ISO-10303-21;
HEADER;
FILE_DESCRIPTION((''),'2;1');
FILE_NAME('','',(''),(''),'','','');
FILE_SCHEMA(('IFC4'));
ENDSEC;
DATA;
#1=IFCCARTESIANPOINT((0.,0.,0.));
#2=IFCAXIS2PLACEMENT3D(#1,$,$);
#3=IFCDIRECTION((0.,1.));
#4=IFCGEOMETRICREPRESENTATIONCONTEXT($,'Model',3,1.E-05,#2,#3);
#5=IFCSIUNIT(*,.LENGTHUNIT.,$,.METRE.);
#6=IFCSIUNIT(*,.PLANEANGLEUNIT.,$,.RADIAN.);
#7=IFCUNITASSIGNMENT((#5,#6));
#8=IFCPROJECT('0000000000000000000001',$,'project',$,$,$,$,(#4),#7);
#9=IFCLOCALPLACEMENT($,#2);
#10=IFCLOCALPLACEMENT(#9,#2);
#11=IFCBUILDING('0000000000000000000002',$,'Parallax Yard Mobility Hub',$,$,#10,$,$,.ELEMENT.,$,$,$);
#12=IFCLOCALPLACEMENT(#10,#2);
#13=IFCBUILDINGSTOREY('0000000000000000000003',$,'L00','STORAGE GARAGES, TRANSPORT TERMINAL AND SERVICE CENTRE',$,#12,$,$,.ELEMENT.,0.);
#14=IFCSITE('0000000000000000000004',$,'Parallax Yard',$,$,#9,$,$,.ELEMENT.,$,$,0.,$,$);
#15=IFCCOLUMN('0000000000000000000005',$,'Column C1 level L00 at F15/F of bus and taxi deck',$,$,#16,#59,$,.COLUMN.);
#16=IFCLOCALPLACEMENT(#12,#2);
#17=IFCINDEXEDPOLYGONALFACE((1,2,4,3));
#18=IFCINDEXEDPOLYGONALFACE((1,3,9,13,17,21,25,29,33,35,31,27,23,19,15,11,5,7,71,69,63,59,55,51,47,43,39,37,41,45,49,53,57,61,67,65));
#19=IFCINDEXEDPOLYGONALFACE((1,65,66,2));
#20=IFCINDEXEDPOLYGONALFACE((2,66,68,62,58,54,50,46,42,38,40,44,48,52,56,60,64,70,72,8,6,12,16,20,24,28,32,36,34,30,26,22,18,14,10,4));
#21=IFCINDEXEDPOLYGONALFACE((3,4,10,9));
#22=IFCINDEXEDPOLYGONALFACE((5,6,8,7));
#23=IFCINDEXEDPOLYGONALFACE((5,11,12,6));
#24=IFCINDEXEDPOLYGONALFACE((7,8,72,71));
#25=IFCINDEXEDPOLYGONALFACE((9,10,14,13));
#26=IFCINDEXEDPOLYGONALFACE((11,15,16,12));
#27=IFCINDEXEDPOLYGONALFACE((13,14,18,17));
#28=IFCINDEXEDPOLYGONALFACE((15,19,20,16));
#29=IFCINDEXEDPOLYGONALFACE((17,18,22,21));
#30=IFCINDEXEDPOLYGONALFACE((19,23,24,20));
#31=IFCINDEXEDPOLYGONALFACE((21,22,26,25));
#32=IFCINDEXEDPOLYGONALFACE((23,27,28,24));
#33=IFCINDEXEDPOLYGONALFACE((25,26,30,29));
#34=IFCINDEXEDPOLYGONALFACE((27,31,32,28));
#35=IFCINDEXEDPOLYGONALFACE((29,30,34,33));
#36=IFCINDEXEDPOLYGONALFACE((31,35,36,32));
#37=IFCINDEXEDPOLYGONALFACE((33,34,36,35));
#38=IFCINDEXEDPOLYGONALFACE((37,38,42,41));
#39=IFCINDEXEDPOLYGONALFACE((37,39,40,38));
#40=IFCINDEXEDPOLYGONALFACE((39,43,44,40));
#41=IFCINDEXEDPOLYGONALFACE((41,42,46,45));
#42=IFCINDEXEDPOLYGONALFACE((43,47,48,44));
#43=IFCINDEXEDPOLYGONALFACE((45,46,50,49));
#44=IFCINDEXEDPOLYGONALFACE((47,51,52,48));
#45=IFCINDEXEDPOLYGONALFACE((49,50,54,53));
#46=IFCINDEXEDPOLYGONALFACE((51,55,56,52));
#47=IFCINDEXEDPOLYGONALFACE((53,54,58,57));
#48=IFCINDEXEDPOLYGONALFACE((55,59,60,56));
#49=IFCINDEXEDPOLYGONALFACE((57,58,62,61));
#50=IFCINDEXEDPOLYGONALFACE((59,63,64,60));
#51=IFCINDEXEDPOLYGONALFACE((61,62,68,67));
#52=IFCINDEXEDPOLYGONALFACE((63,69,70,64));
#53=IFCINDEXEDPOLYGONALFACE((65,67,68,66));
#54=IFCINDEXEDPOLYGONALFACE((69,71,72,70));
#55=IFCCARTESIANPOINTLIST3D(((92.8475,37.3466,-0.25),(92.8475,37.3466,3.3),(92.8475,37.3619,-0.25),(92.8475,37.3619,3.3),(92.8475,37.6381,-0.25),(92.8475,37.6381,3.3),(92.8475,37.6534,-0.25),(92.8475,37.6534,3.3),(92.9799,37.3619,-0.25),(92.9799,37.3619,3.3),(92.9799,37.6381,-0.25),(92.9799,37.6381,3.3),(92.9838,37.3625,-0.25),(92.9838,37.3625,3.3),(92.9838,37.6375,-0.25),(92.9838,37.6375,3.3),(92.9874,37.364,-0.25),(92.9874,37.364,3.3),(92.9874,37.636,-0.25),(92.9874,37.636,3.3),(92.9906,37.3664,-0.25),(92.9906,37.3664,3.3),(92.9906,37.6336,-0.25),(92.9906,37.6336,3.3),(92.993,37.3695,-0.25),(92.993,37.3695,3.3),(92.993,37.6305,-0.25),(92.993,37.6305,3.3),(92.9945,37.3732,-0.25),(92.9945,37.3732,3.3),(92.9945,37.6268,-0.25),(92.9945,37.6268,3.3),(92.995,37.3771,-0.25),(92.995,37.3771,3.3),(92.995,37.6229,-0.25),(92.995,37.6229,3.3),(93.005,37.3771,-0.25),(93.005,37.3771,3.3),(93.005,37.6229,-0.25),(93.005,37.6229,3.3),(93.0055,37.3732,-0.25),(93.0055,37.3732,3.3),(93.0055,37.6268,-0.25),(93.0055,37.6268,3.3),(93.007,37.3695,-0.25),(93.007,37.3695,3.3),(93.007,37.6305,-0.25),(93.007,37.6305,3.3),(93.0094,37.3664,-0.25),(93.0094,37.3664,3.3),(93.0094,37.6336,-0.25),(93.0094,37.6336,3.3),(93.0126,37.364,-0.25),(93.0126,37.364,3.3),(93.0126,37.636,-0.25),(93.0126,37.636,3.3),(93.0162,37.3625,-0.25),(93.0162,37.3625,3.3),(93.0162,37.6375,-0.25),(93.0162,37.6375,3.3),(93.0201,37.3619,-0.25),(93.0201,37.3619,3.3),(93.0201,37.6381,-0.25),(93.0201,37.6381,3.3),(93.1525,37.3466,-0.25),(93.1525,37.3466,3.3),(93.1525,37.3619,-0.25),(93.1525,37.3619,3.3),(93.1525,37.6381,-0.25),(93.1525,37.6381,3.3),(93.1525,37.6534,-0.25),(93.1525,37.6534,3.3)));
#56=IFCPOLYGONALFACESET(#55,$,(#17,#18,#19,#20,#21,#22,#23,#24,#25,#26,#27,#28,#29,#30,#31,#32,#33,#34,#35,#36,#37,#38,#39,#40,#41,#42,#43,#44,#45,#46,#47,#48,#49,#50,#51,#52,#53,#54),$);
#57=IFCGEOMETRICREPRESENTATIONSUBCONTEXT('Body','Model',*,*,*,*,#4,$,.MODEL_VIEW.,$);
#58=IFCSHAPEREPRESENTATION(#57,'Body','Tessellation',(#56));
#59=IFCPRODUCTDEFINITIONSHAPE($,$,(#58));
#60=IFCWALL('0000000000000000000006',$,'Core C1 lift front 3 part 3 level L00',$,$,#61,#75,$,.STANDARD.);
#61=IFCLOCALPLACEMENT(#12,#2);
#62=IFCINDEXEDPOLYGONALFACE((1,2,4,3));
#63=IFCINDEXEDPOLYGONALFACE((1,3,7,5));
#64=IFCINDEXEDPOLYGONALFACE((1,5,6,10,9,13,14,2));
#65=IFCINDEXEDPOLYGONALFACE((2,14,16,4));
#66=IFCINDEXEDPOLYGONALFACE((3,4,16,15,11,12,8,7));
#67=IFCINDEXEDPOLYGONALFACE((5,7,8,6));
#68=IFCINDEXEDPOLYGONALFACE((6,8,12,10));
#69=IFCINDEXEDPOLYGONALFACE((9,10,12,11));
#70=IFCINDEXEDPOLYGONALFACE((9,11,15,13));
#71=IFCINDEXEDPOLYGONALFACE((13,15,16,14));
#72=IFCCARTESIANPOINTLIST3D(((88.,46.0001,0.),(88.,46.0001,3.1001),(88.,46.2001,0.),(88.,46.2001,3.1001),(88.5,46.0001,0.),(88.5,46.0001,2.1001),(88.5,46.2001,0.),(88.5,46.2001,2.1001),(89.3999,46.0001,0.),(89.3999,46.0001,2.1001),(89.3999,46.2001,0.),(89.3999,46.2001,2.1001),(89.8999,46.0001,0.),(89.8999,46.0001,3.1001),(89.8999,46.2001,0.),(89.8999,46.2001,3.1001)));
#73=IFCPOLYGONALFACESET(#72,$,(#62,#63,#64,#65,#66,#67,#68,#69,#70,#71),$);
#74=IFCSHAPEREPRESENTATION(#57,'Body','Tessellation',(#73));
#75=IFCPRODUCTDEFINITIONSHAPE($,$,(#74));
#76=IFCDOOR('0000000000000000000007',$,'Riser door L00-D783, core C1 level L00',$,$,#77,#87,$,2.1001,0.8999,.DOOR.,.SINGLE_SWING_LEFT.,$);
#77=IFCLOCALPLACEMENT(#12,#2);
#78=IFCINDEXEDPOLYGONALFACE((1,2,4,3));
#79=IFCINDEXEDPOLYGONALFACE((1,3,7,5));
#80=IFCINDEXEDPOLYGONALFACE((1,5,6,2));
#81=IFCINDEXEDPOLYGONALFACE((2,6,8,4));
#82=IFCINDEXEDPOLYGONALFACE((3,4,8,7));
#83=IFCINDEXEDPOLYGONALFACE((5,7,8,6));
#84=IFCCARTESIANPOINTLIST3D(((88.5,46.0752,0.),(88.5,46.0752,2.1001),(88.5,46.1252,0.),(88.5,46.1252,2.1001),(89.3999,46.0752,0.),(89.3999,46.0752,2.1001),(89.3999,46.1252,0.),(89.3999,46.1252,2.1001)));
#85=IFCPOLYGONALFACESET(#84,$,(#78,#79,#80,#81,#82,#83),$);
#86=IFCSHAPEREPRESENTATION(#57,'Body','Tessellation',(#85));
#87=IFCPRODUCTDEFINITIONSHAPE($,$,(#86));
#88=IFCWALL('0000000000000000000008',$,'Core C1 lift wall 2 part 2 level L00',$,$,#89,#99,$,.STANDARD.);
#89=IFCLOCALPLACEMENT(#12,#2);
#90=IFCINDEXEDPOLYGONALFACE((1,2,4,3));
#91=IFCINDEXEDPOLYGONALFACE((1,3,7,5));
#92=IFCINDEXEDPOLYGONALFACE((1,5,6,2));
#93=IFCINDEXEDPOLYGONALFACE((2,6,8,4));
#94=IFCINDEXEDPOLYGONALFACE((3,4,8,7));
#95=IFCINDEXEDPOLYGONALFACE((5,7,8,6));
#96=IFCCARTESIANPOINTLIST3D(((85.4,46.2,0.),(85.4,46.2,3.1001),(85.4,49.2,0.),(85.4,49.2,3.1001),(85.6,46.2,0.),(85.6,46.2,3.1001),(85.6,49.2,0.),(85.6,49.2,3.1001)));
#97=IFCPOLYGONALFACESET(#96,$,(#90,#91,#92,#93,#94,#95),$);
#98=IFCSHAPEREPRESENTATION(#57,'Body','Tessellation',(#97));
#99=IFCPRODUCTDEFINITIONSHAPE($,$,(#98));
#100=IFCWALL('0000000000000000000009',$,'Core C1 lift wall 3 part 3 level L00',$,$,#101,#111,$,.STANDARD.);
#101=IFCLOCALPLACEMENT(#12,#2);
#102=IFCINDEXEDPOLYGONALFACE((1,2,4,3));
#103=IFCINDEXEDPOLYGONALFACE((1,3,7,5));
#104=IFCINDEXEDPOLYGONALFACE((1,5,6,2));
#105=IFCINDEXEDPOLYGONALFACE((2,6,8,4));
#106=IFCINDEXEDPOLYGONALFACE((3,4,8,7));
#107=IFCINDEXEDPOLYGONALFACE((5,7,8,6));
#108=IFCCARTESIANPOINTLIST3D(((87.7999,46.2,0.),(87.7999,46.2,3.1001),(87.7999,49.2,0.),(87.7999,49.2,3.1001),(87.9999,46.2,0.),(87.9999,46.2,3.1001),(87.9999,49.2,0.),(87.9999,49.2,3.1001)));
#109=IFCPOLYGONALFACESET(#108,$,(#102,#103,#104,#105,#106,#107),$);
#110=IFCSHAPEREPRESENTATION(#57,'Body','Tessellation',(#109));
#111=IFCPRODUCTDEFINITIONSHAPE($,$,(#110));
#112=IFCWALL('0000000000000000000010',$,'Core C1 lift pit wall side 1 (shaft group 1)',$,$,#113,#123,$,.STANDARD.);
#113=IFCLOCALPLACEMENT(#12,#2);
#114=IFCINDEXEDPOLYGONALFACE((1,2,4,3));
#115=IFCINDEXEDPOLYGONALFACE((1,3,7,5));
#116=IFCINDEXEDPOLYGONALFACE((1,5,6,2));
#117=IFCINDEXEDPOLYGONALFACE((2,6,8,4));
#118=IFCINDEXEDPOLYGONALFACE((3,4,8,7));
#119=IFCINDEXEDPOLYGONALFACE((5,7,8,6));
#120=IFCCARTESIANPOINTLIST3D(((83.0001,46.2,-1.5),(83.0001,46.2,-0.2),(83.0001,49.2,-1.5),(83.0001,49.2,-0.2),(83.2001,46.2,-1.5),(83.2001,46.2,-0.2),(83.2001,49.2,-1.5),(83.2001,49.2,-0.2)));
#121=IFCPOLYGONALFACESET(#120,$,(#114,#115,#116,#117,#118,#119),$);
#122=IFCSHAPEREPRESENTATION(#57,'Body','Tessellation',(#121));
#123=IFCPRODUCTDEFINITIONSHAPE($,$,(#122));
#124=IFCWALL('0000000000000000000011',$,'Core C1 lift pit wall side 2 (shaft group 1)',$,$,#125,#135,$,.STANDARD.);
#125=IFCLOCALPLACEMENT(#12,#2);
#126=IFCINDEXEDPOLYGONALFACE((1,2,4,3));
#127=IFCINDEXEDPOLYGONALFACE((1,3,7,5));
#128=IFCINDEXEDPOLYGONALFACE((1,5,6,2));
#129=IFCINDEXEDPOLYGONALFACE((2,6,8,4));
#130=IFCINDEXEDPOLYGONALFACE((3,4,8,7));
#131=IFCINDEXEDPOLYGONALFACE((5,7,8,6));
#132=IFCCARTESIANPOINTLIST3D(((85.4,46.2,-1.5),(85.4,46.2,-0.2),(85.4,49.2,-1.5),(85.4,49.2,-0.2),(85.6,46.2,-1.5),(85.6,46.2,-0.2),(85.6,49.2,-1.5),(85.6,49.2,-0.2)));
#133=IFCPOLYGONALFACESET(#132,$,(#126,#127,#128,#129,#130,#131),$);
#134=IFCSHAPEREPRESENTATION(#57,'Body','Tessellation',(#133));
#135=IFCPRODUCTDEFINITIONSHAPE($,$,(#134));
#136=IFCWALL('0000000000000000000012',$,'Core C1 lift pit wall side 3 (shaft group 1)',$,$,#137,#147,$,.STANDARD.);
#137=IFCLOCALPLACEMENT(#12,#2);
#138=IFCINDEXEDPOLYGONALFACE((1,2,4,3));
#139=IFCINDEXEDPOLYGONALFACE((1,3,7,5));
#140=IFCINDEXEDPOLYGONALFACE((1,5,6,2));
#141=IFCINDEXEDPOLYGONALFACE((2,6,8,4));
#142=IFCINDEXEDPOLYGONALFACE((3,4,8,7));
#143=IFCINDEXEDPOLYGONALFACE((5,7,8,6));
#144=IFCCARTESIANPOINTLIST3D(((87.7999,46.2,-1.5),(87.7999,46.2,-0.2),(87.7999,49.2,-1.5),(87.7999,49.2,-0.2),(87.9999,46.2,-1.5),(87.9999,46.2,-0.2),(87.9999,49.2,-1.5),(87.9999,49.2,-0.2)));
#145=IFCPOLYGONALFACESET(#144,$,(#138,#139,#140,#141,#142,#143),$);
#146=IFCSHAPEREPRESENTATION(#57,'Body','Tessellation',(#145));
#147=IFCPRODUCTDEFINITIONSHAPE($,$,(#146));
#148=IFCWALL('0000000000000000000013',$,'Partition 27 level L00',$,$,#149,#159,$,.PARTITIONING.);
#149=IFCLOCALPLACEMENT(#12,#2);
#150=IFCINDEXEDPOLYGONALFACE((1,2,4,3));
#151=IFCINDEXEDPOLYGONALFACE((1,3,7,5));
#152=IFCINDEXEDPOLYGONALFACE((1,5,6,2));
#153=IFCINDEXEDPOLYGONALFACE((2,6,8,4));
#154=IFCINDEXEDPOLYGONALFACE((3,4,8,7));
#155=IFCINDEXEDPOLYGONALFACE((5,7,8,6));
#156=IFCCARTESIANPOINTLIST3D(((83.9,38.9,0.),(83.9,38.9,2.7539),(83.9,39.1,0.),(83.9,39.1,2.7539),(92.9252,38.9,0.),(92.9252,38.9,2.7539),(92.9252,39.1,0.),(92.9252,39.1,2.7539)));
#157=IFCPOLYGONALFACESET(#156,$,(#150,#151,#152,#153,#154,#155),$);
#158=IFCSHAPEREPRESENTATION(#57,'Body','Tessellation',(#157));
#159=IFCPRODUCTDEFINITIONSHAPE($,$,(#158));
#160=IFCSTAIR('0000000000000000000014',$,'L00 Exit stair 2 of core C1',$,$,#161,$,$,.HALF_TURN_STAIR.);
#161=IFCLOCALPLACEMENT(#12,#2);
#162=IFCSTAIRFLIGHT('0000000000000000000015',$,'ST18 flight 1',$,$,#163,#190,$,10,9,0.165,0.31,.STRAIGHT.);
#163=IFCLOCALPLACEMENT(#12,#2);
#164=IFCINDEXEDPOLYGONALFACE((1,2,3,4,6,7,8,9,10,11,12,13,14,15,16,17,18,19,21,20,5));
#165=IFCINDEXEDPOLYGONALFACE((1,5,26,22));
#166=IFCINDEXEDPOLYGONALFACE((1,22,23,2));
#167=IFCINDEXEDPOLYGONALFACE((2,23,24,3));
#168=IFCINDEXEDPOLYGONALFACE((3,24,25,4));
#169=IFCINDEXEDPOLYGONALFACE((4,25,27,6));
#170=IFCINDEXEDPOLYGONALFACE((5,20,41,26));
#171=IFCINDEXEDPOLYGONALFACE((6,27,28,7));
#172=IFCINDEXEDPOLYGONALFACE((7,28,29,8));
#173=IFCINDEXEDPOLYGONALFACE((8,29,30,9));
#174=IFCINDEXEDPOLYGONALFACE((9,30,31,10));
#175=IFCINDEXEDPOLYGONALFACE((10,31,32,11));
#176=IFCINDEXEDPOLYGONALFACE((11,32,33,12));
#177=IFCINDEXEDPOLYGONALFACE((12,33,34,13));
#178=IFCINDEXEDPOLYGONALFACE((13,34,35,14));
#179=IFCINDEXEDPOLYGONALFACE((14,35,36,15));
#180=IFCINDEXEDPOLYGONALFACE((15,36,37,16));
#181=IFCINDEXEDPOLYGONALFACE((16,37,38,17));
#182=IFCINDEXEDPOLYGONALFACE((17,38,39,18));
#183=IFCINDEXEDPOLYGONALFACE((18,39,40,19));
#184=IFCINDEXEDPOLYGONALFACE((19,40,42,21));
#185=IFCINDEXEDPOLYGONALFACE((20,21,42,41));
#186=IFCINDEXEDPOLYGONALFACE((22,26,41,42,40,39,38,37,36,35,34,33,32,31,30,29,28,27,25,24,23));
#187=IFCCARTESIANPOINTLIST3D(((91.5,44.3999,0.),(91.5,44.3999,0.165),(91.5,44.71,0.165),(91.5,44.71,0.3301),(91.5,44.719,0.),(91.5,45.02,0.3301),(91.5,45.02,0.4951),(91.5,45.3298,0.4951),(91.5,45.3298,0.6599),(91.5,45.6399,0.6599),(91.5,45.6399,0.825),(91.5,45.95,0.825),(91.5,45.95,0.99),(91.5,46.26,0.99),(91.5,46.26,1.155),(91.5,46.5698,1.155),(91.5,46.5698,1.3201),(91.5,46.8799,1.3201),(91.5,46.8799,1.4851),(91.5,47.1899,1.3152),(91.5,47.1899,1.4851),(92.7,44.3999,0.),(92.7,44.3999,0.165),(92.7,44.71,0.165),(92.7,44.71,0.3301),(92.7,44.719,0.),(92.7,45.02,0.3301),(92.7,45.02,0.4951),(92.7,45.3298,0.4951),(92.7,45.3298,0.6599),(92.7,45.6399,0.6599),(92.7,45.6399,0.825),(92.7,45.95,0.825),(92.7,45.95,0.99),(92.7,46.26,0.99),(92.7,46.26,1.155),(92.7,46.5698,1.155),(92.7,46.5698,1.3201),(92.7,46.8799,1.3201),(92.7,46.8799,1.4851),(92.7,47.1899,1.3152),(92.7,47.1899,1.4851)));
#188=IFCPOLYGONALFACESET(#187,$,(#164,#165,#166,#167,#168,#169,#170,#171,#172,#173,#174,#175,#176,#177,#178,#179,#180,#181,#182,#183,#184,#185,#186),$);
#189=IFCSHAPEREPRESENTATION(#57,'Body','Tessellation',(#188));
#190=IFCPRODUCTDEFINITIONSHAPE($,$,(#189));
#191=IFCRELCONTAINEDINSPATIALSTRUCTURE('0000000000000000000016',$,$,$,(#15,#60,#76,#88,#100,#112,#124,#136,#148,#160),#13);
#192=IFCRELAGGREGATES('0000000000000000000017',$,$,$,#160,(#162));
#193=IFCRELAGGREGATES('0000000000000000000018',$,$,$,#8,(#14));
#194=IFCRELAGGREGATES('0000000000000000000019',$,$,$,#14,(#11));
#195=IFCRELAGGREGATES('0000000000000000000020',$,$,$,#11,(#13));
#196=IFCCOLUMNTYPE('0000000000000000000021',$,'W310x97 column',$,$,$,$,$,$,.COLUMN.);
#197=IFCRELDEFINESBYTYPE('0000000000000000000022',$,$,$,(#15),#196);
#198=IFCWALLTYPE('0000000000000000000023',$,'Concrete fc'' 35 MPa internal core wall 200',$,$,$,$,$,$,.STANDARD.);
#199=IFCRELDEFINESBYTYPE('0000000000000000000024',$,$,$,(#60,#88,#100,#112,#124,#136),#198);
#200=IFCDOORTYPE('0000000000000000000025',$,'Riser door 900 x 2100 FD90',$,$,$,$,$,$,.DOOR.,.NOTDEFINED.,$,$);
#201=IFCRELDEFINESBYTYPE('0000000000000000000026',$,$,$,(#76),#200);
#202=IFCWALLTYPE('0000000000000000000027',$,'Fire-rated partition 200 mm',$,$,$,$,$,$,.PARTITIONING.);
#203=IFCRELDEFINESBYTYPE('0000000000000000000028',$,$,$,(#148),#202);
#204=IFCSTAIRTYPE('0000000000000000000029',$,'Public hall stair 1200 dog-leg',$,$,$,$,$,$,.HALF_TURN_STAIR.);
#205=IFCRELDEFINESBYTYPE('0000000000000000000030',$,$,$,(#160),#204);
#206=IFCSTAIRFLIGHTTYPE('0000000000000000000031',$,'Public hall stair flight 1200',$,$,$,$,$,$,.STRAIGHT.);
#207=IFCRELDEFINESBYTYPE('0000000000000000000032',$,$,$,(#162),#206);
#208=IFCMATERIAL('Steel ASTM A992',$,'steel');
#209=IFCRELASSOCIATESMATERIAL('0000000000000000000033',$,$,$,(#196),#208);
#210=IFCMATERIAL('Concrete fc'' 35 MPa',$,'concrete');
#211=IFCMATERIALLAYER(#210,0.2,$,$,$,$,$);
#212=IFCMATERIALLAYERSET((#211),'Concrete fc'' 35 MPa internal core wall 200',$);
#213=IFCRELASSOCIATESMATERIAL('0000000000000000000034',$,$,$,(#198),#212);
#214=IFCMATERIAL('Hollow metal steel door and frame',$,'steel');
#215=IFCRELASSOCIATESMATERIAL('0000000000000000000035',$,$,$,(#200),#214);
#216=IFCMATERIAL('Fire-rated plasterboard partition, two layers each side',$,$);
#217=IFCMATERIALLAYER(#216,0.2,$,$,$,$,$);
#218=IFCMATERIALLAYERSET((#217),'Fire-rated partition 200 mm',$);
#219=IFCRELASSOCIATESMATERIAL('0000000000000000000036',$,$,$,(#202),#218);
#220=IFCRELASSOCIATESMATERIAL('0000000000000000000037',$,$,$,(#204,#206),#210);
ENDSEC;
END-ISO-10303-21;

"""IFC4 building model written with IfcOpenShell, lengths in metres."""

from ifc_helpers import new_model, si_unit, direction, frame, frame_2d, origin, origin_2d, place, context, subcontext, project, spatial, polyline, rectangle, i_section, outline, extrude, material, layer, layer_set, material_profile, profile_set, type_object, element, fill, aggregate, save


model = new_model("IFC4")

# Units and contexts
model_context = context("Model", 3, precision=1e-05, world=origin(), true_north=direction((0.0, 1.0)))
body_context = subcontext(model_context, "Body", "Model", "MODEL_VIEW")
ifc_project = project(units=[si_unit("LENGTHUNIT", "METRE"), si_unit("PLANEANGLEUNIT", "RADIAN")], contexts=[model_context])

# Site, building, storey
site_placement = place(None, origin())
site = spatial("IfcSite", under=ifc_project, at=site_placement, Name="Parallax Yard", CompositionType="ELEMENT", RefElevation=0.0)
building_placement = place(site_placement, origin())
building = spatial("IfcBuilding", under=site, at=building_placement, Name="Parallax Yard Mobility Hub", CompositionType="ELEMENT")
storey_placement = place(building_placement, origin())
storey = spatial("IfcBuildingStorey", under=building, at=storey_placement, Name="L00", Description="STORAGE GARAGES, TRANSPORT TERMINAL AND SERVICE CENTRE", CompositionType="ELEMENT", Elevation=0.0)

# Column
ifc_material_1 = material(Name="Steel ASTM A992", Category="steel")
ifc_material_profile_1 = material_profile(ifc_material_1, i_section(OverallWidth=0.3049, OverallDepth=0.3069, WebThickness=0.01, FlangeThickness=0.0154, FilletRadius=0.0151, at=origin_2d()), Name="W310x97")
ifc_profile_set_1 = profile_set([ifc_material_profile_1], Name="Steel ASTM A992")
column_type = type_object("IfcColumnType", Name="W310x97 column", PredefinedType="COLUMN", material=ifc_profile_set_1)
column_placement = place(storey_placement, frame((93.0, 37.5, -0.25), z_axis=(0.0, 0.0, 1.0), x_axis=(1.0, 0.0, 0.0)))
element("IfcColumn", 1, at=column_placement, inside=storey, type_object=column_type, Name="Column C1 level L00 at F15/F of bus and taxi deck", PredefinedType="COLUMN", context=body_context, shape_type="SweptSolid", body=[
    extrude(i_section(OverallWidth=0.3049, OverallDepth=0.3069, WebThickness=0.01, FlangeThickness=0.0154, FilletRadius=0.0151, at=origin_2d()), origin(), (0.0, 0.0, 1.0), 3.55),
])

# Wall, opening, door
ifc_material_2 = material(Name="Concrete fc' 35 MPa", Category="concrete")
ifc_layer_1 = layer(ifc_material_2, 0.2)
ifc_layer_set_1 = layer_set([ifc_layer_1], Name="Concrete fc' 35 MPa internal core wall 200")
wall_type_1 = type_object("IfcWallType", Name="Concrete fc' 35 MPa internal core wall 200", PredefinedType="STANDARD", material=ifc_layer_set_1)
wall_1_placement = place(storey_placement, frame((89.8999, 46.1001, 0.0), z_axis=(0.0, 0.0, 1.0), x_axis=(-1.0, 0.0, 0.0)))
wall_1 = element("IfcWall", 2, at=wall_1_placement, inside=storey, type_object=wall_type_1, Name="Core C1 lift front 3 part 3 level L00", PredefinedType="STANDARD", context=body_context, shape_type="SweptSolid", body=[
    extrude(rectangle(XDim=1.8999, YDim=0.2, at=frame_2d((0.95, 0.0))), origin(), (0.0, 0.0, 1.0), 3.1001),
])
opening_placement = place(wall_1_placement, frame((0.5, 0.0, 0.0)))
opening = element("IfcOpeningElement", 3, at=opening_placement, cuts=wall_1, PredefinedType="OPENING", context=body_context, shape_type="SweptSolid", body=[
    extrude(rectangle(XDim=0.8999, YDim=2.1001, at=frame_2d((0.45, 1.05))), frame((0.0, 0.1099, 0.0), z_axis=(0.0, -1.0, 0.0), x_axis=(1.0, 0.0, 0.0)), (0.0, 0.0, 1.0), 0.22),
])
ifc_material_3 = material(Name="Hollow metal steel door and frame", Category="steel")
door_type = type_object("IfcDoorType", Name="Riser door 900 x 2100 FD90", OperationType="NOTDEFINED", PredefinedType="DOOR", material=ifc_material_3)
door_placement = place(opening_placement, origin())
door = element("IfcDoor", 4, at=door_placement, inside=storey, type_object=door_type, Name="Riser door L00-D783, core C1 level L00", OperationType="SINGLE_SWING_LEFT", OverallHeight=2.1001, OverallWidth=0.8999, PredefinedType="DOOR", context=body_context, shape_type="SweptSolid", body=[
    extrude(rectangle(XDim=0.8999, YDim=2.1001, at=frame_2d((0.45, 1.05))), frame((0.0, 0.0249, 0.0), z_axis=(0.0, -1.0, 0.0), x_axis=(1.0, 0.0, 0.0)), (0.0, 0.0, 1.0), 0.05),
])
fill(opening, door)

# Walls
for number, where, z_axis, x_axis, name in (
    (5, (85.5, 46.2, 0.0), (0.0, 0.0, 1.0), (0.0, 1.0, 0.0), "Core C1 lift wall 2 part 2 level L00"),
    (6, (87.8999, 46.2, 0.0), (0.0, 0.0, 1.0), (0.0, 1.0, 0.0), "Core C1 lift wall 3 part 3 level L00"),
):
    element("IfcWall", number, at=place(storey_placement, frame(where, z_axis=z_axis, x_axis=x_axis)), inside=storey, type_object=wall_type_1, Name=name, PredefinedType="STANDARD", context=body_context, shape_type="SweptSolid", body=[
        extrude(rectangle(XDim=3.0, YDim=0.2, at=frame_2d((1.5, 0.0))), origin(), (0.0, 0.0, 1.0), 3.1001),
    ])
for number, where, z_axis, x_axis, name in (
    (7, (83.1001, 46.2, -1.5), (0.0, 0.0, 1.0), (0.0, 1.0, 0.0), "Core C1 lift pit wall side 1 (shaft group 1)"),
    (8, (85.5, 46.2, -1.5), (0.0, 0.0, 1.0), (0.0, 1.0, 0.0), "Core C1 lift pit wall side 2 (shaft group 1)"),
    (9, (87.8999, 46.2, -1.5), (0.0, 0.0, 1.0), (0.0, 1.0, 0.0), "Core C1 lift pit wall side 3 (shaft group 1)"),
):
    element("IfcWall", number, at=place(storey_placement, frame(where, z_axis=z_axis, x_axis=x_axis)), inside=storey, type_object=wall_type_1, Name=name, PredefinedType="STANDARD", context=body_context, shape_type="SweptSolid", body=[
        extrude(rectangle(XDim=3.0, YDim=0.2, at=frame_2d((1.5, 0.0))), origin(), (0.0, 0.0, 1.0), 1.3),
    ])
ifc_material_4 = material(Name="Fire-rated plasterboard partition, two layers each side")
ifc_layer_2 = layer(ifc_material_4, 0.2)
ifc_layer_set_2 = layer_set([ifc_layer_2], Name="Fire-rated partition 200 mm")
wall_type_2 = type_object("IfcWallType", Name="Fire-rated partition 200 mm", PredefinedType="PARTITIONING", material=ifc_layer_set_2)
wall_2_placement = place(storey_placement, frame((83.8999, 39.0, 0.0), z_axis=(0.0, 0.0, 1.0), x_axis=(1.0, 0.0, 0.0)))
element("IfcWall", 10, at=wall_2_placement, inside=storey, type_object=wall_type_2, Name="Partition 27 level L00", PredefinedType="PARTITIONING", context=body_context, shape_type="SweptSolid", body=[
    extrude(rectangle(XDim=9.0251, YDim=0.2, at=frame_2d((4.5127, 0.0))), origin(), (0.0, 0.0, 1.0), 2.7539),
])

# Stair, stair flight
stair_type = type_object("IfcStairType", Name="Public hall stair 1200 dog-leg", PredefinedType="HALF_TURN_STAIR", material=ifc_material_2)
stair_placement = place(storey_placement, origin())
stair = element("IfcStair", 11, at=stair_placement, inside=storey, type_object=stair_type, Name="L00 Exit stair 2 of core C1", PredefinedType="HALF_TURN_STAIR")
stair_flight_type = type_object("IfcStairFlightType", Name="Public hall stair flight 1200", PredefinedType="STRAIGHT", material=ifc_material_2)
stair_flight_1_placement = place(storey_placement, frame((92.1001, 44.3999, 0.0), z_axis=(0.0, 0.0, 1.0), x_axis=(0.0, 1.0, 0.0)))
stair_flight_1 = element("IfcStairFlight", 12, at=stair_flight_1_placement, type_object=stair_flight_type, Name="ST18 flight 1", NumberOfRisers=10, NumberOfTreads=9, PredefinedType="STRAIGHT", RiserHeight=0.165, TreadLength=0.31, context=body_context, shape_type="SweptSolid", body=[
    extrude(outline(polyline([(0.0, 0.0), (0.0, 0.165), (0.3101, 0.165), (0.3101, 0.3301), (0.6201, 0.3301), (0.6201, 0.4951), (0.9299, 0.4951), (0.9299, 0.6599), (1.24, 0.6599), (1.24, 0.825), (1.55, 0.825), (1.55, 0.99), (1.8601, 0.99), (1.8601, 1.155), (2.1699, 1.155), (2.1699, 1.3201), (2.48, 1.3201), (2.48, 1.4851), (2.79, 1.4851), (2.79, 1.6499), (2.79, 1.3152), (0.3191, 0.0), (0.0, 0.0)])), frame((0.0, 0.6001, 0.0), z_axis=(0.0, -1.0, 0.0), x_axis=(1.0, 0.0, 0.0)), (0.0, 0.0, 1.0), 1.2),
])
aggregate(stair, [stair_flight_1])

save(model, "model.ifc")
